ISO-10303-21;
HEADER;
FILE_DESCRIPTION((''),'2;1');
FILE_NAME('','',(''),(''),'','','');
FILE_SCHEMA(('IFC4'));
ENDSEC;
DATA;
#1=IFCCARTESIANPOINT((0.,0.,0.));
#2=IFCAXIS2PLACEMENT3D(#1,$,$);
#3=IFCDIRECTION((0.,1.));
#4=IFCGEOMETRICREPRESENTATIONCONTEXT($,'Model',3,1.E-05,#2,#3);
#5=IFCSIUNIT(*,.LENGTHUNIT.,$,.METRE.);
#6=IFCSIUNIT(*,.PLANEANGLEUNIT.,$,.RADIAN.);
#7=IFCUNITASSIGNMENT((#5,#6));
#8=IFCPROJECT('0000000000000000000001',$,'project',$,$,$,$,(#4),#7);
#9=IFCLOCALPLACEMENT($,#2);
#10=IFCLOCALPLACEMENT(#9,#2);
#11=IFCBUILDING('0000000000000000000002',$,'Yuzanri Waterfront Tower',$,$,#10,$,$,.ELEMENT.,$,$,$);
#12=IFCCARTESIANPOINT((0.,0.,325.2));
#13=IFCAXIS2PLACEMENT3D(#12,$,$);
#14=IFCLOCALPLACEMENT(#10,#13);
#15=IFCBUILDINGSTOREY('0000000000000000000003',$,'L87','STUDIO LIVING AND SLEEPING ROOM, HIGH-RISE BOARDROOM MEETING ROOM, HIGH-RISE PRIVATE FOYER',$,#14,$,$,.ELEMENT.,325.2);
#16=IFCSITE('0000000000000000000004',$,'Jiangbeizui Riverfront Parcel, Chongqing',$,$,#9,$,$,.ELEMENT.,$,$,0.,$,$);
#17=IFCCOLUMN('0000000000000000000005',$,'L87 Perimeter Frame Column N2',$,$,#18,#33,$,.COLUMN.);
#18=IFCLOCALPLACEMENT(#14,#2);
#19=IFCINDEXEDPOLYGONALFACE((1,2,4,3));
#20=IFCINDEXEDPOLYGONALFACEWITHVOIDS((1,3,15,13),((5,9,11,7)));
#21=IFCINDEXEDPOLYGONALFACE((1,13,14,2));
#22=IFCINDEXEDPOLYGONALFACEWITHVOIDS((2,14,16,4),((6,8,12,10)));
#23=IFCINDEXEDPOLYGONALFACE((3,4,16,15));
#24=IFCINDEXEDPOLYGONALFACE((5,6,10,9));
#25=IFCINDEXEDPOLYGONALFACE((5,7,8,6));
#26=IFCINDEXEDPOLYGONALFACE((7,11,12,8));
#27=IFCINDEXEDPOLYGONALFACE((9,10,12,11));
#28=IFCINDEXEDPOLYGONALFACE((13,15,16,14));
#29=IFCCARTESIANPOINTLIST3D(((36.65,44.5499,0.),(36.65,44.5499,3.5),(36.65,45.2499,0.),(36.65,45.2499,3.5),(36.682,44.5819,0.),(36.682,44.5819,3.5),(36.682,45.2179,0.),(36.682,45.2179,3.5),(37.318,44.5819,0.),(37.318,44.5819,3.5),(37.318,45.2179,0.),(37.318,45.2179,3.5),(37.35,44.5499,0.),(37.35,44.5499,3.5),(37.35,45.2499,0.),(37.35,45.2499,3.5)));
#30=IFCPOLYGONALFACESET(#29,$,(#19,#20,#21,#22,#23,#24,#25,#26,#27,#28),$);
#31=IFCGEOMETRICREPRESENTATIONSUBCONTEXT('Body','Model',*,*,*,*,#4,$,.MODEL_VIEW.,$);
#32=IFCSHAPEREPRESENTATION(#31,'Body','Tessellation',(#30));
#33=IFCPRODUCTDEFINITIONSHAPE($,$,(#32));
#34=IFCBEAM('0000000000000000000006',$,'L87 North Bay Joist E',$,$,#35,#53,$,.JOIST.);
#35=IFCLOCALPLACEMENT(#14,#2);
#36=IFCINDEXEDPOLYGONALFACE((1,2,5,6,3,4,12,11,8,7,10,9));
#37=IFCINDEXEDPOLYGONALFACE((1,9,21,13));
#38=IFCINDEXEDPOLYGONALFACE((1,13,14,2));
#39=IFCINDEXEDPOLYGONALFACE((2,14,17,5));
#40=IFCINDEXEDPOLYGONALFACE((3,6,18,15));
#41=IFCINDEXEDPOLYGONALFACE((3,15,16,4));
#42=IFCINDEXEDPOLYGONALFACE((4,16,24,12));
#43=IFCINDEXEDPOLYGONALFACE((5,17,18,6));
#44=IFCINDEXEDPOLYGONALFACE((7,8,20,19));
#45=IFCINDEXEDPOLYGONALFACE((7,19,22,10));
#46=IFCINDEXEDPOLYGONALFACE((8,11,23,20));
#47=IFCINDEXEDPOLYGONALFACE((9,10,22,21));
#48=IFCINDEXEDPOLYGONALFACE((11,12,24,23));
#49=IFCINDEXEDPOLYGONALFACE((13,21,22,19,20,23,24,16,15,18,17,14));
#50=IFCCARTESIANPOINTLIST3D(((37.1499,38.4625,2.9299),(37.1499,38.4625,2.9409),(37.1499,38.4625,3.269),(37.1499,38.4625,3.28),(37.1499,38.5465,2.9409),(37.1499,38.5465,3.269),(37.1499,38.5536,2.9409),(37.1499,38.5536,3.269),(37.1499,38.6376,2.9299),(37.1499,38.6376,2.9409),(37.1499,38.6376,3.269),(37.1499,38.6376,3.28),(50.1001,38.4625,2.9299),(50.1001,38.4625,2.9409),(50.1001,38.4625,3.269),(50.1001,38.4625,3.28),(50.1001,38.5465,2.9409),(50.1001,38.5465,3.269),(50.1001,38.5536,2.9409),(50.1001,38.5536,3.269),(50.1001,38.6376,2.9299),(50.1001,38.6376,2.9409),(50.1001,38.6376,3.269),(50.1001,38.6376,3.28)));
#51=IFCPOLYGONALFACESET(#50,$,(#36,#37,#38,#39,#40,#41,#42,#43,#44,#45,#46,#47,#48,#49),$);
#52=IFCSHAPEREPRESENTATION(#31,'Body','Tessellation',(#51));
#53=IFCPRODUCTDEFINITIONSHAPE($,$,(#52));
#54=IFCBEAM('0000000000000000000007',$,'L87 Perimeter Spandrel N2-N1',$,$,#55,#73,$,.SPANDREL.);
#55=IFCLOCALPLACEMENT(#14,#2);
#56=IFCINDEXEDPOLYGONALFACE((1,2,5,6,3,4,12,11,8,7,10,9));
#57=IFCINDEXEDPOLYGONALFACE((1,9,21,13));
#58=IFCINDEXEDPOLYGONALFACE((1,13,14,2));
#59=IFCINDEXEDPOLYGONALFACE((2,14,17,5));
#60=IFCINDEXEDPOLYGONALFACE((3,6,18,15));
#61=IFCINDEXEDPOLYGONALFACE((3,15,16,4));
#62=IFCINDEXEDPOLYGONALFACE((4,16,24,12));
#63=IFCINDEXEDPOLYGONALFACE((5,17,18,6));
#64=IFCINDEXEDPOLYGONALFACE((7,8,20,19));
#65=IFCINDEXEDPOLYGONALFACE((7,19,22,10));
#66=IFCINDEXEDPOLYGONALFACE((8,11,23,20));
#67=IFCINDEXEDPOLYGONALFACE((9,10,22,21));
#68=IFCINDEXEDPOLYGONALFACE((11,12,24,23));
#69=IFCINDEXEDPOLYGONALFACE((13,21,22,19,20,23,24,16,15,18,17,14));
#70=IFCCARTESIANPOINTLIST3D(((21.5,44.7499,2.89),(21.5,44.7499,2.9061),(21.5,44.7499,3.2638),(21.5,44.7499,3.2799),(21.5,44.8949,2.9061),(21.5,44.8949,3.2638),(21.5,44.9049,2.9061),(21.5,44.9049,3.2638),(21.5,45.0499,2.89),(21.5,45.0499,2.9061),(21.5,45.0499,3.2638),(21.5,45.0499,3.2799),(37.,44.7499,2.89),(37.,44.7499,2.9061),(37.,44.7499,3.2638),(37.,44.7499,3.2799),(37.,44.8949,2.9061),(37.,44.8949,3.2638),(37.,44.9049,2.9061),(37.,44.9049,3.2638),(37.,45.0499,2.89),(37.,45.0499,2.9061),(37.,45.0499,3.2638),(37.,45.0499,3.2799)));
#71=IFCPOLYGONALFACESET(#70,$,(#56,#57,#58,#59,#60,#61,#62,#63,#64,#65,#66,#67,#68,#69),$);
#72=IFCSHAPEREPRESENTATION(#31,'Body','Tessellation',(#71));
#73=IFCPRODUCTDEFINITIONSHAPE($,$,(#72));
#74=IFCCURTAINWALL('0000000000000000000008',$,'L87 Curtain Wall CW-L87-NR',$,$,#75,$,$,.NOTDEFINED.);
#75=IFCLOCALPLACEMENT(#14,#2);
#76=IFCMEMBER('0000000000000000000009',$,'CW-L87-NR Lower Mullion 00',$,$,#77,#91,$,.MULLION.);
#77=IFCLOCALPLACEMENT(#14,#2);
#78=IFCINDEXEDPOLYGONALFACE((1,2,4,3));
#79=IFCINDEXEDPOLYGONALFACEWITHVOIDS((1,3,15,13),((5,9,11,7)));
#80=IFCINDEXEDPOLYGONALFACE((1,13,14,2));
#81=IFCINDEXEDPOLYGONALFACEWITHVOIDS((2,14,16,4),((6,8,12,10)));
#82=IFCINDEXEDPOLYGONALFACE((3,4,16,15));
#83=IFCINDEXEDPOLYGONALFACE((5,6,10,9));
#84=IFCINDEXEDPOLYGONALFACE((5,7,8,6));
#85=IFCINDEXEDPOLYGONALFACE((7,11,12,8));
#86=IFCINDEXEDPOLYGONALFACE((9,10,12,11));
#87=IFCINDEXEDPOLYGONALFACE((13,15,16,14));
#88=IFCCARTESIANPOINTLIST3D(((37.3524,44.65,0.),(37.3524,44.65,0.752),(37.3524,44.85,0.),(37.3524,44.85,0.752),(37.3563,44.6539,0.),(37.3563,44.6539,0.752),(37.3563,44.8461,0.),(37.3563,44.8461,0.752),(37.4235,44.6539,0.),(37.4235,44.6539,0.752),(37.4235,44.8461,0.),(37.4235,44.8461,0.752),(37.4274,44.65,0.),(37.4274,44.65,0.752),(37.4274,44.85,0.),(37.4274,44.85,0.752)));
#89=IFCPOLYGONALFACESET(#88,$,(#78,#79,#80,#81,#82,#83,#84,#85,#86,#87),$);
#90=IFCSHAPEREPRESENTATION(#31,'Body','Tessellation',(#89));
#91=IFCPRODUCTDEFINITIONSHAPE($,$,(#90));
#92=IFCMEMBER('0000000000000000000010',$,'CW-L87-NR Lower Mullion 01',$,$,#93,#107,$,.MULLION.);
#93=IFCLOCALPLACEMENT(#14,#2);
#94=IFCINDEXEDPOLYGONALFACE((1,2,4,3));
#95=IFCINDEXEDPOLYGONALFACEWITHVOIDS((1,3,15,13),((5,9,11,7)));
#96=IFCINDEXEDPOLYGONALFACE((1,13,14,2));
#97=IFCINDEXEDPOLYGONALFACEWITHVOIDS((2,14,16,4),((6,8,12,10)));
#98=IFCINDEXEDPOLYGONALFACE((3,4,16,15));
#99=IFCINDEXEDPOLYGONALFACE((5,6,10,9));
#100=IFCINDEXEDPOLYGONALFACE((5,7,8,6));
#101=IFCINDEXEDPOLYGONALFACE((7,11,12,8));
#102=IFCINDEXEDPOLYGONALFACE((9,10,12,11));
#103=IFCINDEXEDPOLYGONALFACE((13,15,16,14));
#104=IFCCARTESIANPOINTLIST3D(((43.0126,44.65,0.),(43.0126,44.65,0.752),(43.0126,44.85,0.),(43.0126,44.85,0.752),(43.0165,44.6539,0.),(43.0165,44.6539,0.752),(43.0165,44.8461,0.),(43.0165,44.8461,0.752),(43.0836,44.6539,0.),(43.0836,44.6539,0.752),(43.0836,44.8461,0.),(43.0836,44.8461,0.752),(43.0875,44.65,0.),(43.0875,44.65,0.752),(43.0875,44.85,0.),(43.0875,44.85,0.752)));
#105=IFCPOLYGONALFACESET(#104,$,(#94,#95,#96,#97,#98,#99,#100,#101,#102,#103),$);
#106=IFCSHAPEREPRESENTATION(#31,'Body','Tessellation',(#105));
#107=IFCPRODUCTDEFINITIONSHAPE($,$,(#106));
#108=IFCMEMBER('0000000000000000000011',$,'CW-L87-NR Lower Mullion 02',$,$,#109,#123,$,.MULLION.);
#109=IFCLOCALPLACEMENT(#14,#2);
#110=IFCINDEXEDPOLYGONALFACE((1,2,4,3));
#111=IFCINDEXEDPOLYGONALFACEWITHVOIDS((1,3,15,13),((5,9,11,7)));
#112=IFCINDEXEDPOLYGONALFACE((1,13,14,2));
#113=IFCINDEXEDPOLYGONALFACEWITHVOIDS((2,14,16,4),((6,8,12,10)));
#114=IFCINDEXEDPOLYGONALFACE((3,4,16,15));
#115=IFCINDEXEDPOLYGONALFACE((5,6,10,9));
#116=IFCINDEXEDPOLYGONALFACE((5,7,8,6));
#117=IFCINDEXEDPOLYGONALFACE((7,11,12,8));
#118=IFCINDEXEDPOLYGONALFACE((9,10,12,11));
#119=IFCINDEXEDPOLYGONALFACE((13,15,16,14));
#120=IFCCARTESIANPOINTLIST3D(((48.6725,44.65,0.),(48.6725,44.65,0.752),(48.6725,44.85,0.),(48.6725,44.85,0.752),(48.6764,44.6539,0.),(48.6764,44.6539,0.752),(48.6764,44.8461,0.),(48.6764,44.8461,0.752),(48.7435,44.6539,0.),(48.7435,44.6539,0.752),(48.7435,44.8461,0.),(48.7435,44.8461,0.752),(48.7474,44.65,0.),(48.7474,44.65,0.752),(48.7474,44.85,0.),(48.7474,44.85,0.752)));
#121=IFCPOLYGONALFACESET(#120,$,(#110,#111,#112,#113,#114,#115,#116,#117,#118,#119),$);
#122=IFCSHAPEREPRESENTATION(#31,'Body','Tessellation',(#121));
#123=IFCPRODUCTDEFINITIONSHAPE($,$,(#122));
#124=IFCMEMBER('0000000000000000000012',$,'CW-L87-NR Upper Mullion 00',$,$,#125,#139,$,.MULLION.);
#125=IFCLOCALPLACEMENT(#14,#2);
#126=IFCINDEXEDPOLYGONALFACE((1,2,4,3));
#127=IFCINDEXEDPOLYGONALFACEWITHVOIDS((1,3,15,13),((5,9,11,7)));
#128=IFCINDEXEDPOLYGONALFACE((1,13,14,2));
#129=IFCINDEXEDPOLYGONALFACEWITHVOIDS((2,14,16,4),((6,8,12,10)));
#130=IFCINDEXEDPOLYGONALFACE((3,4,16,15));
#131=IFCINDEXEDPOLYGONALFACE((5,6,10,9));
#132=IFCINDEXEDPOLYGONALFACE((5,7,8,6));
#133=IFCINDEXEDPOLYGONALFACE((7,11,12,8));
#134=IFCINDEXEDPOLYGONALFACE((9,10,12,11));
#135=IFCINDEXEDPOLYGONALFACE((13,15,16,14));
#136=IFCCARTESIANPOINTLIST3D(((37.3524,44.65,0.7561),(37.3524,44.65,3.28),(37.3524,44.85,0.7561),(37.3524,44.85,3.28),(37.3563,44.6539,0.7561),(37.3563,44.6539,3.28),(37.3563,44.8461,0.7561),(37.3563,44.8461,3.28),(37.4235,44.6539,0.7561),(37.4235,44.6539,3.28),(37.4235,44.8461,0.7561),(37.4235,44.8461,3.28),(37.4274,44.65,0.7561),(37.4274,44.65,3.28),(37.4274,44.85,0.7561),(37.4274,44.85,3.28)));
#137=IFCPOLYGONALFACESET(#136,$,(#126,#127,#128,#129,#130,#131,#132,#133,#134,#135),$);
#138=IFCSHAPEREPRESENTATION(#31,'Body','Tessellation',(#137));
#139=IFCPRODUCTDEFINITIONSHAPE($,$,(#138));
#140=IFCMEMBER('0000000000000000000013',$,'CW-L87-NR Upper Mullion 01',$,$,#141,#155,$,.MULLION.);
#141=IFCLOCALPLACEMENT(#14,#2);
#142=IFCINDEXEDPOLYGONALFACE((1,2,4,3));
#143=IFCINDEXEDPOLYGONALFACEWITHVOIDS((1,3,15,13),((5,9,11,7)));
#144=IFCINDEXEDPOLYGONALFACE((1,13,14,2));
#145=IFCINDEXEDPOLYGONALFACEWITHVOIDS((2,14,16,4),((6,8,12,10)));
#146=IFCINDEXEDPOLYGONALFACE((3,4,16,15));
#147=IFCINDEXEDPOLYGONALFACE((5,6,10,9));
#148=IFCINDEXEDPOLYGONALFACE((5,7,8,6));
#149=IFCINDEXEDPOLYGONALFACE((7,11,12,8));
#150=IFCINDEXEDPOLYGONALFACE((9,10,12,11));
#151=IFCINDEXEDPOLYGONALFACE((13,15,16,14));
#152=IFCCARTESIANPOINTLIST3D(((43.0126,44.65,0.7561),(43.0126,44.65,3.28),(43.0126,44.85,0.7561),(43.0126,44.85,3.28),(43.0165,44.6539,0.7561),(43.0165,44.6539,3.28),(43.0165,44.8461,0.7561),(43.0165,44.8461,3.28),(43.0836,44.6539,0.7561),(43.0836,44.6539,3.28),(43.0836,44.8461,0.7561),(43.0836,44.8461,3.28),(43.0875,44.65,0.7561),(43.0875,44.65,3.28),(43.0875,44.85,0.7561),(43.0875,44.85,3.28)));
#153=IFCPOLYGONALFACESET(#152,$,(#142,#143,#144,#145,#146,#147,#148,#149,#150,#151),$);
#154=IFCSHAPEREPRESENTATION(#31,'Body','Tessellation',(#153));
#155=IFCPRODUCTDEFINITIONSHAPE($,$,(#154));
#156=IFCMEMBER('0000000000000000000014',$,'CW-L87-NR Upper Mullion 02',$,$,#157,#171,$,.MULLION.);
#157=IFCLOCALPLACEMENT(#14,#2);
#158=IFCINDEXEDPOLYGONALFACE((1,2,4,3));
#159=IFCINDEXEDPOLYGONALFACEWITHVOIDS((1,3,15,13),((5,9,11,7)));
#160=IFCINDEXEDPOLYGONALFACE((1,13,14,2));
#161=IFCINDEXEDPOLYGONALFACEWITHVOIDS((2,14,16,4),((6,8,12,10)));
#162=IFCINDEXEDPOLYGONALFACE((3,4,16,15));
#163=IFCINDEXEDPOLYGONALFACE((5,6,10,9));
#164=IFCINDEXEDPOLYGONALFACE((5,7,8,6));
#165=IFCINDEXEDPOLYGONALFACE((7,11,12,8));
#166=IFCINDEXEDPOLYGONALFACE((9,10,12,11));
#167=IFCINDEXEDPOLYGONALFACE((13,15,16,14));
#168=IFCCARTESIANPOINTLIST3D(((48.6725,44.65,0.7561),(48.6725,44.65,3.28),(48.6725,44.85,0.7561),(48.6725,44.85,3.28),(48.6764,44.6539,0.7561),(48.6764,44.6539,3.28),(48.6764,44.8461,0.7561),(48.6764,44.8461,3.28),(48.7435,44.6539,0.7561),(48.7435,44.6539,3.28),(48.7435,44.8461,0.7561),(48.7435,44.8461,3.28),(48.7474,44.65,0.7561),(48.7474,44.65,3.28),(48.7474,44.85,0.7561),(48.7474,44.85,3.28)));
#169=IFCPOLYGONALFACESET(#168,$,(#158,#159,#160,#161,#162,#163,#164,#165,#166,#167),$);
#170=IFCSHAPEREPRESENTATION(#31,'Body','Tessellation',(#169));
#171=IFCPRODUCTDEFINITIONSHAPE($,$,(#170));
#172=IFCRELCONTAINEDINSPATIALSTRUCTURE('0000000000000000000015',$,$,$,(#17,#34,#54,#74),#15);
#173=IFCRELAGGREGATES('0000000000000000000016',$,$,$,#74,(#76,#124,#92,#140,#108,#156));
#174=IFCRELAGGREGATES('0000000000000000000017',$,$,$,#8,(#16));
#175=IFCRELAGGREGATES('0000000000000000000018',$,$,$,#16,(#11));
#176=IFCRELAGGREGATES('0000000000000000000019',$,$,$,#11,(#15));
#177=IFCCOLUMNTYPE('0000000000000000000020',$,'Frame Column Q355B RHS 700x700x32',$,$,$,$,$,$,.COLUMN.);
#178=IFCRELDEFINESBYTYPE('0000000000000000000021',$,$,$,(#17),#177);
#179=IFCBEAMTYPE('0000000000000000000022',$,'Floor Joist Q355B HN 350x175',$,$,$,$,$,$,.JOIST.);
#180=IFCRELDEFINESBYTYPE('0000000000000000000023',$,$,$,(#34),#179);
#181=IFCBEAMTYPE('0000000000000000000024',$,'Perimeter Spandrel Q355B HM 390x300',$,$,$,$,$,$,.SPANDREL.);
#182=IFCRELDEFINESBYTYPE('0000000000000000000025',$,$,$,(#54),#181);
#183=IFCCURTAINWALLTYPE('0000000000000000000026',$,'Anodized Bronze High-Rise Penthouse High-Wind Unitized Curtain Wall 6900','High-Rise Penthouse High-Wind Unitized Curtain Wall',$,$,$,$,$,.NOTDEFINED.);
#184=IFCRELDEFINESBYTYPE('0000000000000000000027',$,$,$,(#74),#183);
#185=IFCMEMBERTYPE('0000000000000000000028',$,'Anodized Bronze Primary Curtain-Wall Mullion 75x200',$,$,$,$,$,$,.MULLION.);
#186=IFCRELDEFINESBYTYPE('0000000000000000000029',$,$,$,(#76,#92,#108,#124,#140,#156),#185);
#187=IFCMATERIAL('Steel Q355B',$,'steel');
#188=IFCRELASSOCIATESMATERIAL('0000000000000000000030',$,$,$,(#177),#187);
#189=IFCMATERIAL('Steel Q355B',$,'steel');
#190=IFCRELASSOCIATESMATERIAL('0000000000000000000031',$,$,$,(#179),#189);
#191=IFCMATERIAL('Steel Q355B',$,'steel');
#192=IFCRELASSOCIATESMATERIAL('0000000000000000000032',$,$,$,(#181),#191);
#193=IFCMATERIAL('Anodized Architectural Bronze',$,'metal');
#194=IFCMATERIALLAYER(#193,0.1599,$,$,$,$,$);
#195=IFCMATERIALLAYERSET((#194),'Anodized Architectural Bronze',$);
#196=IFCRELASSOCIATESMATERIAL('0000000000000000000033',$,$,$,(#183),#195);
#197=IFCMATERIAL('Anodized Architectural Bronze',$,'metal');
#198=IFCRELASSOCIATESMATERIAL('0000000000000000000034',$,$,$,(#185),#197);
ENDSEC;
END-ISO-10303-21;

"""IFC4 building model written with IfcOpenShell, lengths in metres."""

from ifc_helpers import new_model, si_unit, direction, frame, origin, origin_2d, place, context, subcontext, project, spatial, hollow_rectangle, i_section, extrude, source, transform, mapped, material, layer, layer_set, material_profile, profile_set, type_object, element, aggregate, save


model = new_model("IFC4")

# Units and contexts
model_context = context("Model", 3, precision=1e-05, world=origin(), true_north=direction((0.0, 1.0)))
body_context = subcontext(model_context, "Body", "Model", "MODEL_VIEW")
ifc_project = project(units=[si_unit("LENGTHUNIT", "METRE"), si_unit("PLANEANGLEUNIT", "RADIAN")], contexts=[model_context])

# Site, building, storey
site_placement = place(None, origin())
site = spatial("IfcSite", under=ifc_project, at=site_placement, Name="Jiangbeizui Riverfront Parcel, Chongqing", CompositionType="ELEMENT", RefElevation=0.0)
building_placement = place(site_placement, origin())
building = spatial("IfcBuilding", under=site, at=building_placement, Name="Yuzanri Waterfront Tower", CompositionType="ELEMENT")
storey_placement = place(building_placement, frame((0.0, 0.0, 325.2)))
storey = spatial("IfcBuildingStorey", under=building, at=storey_placement, Name="L87", Description="STUDIO LIVING AND SLEEPING ROOM, HIGH-RISE BOARDROOM MEETING ROOM, HIGH-RISE PRIVATE FOYER", CompositionType="ELEMENT", Elevation=325.2)

# Column
ifc_material_1 = material(Name="Steel Q355B", Category="steel")
ifc_material_profile_1 = material_profile(ifc_material_1, hollow_rectangle(XDim=0.7, YDim=0.7, WallThickness=0.032, at=origin_2d()), Name="RHS 700x700x32")
ifc_profile_set_1 = profile_set([ifc_material_profile_1], Name="Steel Q355B")
column_type = type_object("IfcColumnType", Name="Frame Column Q355B RHS 700x700x32", PredefinedType="COLUMN", material=ifc_profile_set_1)
shared_shape_1 = source(origin(), body_context, "Body", "SweptSolid", [
    extrude(hollow_rectangle(XDim=0.7, YDim=0.7, WallThickness=0.032, at=origin_2d()), origin(), (0.0, 0.0, 1.0), 3.5),
])
column_placement = place(storey_placement, frame((37.0, 44.8999, 0.0), z_axis=(0.0, 0.0, 1.0), x_axis=(1.0, 0.0, 0.0)))
element("IfcColumn", 1, at=column_placement, inside=storey, type_object=column_type, Name="L87 Perimeter Frame Column N2", PredefinedType="COLUMN", context=body_context, shape_type="MappedRepresentation", body=[
    mapped(shared_shape_1, transform((0.0, 0.0, 0.0), scale=1.0)),
])

# Beams
ifc_material_2 = material(Name="Steel Q355B", Category="steel")
ifc_material_profile_2 = material_profile(ifc_material_2, i_section(OverallWidth=0.175, OverallDepth=0.3501, WebThickness=0.0071, FlangeThickness=0.011, at=origin_2d()), Name="HN 350x175x7x11")
ifc_profile_set_2 = profile_set([ifc_material_profile_2], Name="Steel Q355B")
beam_type_1 = type_object("IfcBeamType", Name="Floor Joist Q355B HN 350x175", PredefinedType="JOIST", material=ifc_profile_set_2)
shared_shape_2 = source(origin(), body_context, "Body", "SweptSolid", [
    extrude(i_section(OverallWidth=0.175, OverallDepth=0.3501, WebThickness=0.0071, FlangeThickness=0.011, at=origin_2d()), origin(), (0.0, 0.0, 1.0), 12.9502),
])
beam_1_placement = place(storey_placement, frame((37.1499, 38.55, 3.105), z_axis=(1.0, 0.0, 0.0), x_axis=(0.0, 1.0, 0.0)))
element("IfcBeam", 2, at=beam_1_placement, inside=storey, type_object=beam_type_1, Name="L87 North Bay Joist E", PredefinedType="JOIST", context=body_context, shape_type="MappedRepresentation", body=[
    mapped(shared_shape_2, transform((0.0, 0.0, 0.0), scale=1.0)),
])
ifc_material_3 = material(Name="Steel Q355B", Category="steel")
ifc_material_profile_3 = material_profile(ifc_material_3, i_section(OverallWidth=0.3, OverallDepth=0.3899, WebThickness=0.01, FlangeThickness=0.0161, at=origin_2d()), Name="HM 390x300x10x16")
ifc_profile_set_3 = profile_set([ifc_material_profile_3], Name="Steel Q355B")
beam_type_2 = type_object("IfcBeamType", Name="Perimeter Spandrel Q355B HM 390x300", PredefinedType="SPANDREL", material=ifc_profile_set_3)
shared_shape_3 = source(origin(), body_context, "Body", "SweptSolid", [
    extrude(i_section(OverallWidth=0.3, OverallDepth=0.3899, WebThickness=0.01, FlangeThickness=0.0161, at=origin_2d()), origin(), (0.0, 0.0, 1.0), 15.5),
])
beam_2_placement = place(storey_placement, frame((37.0, 44.8999, 3.085), z_axis=(-1.0, 0.0, 0.0), x_axis=(0.0, -1.0, 0.0)))
element("IfcBeam", 3, at=beam_2_placement, inside=storey, type_object=beam_type_2, Name="L87 Perimeter Spandrel N2-N1", PredefinedType="SPANDREL", context=body_context, shape_type="MappedRepresentation", body=[
    mapped(shared_shape_3, transform((0.0, 0.0, 0.0), scale=1.0)),
])

# Curtain wall, members
ifc_material_4 = material(Name="Anodized Architectural Bronze", Category="metal")
ifc_layer_1 = layer(ifc_material_4, 0.1599)
ifc_layer_set_1 = layer_set([ifc_layer_1], Name="Anodized Architectural Bronze")
curtain_wall_type = type_object("IfcCurtainWallType", Name="Anodized Bronze High-Rise Penthouse High-Wind Unitized Curtain Wall 6900", Description="High-Rise Penthouse High-Wind Unitized Curtain Wall", PredefinedType="NOTDEFINED", material=ifc_layer_set_1)
curtain_wall_placement = place(storey_placement, origin())
curtain_wall = element("IfcCurtainWall", 4, at=curtain_wall_placement, inside=storey, type_object=curtain_wall_type, Name="L87 Curtain Wall CW-L87-NR", PredefinedType="NOTDEFINED")
ifc_material_5 = material(Name="Anodized Architectural Bronze", Category="metal")
ifc_material_profile_4 = material_profile(ifc_material_5, hollow_rectangle(XDim=0.075, YDim=0.2, WallThickness=0.0039, at=origin_2d()), Name="CWM 75x200")
ifc_profile_set_4 = profile_set([ifc_material_profile_4], Name="Anodized Architectural Bronze")
member_type_1 = type_object("IfcMemberType", Name="Anodized Bronze Primary Curtain-Wall Mullion 75x200", PredefinedType="MULLION", material=ifc_profile_set_4)
shared_shape_4 = source(origin(), body_context, "Body", "SweptSolid", [
    extrude(hollow_rectangle(XDim=0.075, YDim=0.2, WallThickness=0.0039, at=origin_2d()), origin(), (0.0, 0.0, 1.0), 0.752),
])
member_1_placement = place(storey_placement, frame((37.3899, 44.75, 0.0), z_axis=(0.0, 0.0, 1.0), x_axis=(1.0, 0.0, 0.0)))
member_1 = element("IfcMember", 5, at=member_1_placement, type_object=member_type_1, Name="CW-L87-NR Lower Mullion 00", PredefinedType="MULLION", context=body_context, shape_type="MappedRepresentation", body=[
    mapped(shared_shape_4, transform((0.0, 0.0, 0.0), scale=1.0)),
])
member_2_placement = place(storey_placement, frame((43.05, 44.75, 0.0), z_axis=(0.0, 0.0, 1.0), x_axis=(1.0, 0.0, 0.0)))
member_2 = element("IfcMember", 6, at=member_2_placement, type_object=member_type_1, Name="CW-L87-NR Lower Mullion 01", PredefinedType="MULLION", context=body_context, shape_type="MappedRepresentation", body=[
    mapped(shared_shape_4, transform((0.0, 0.0, 0.0), scale=1.0)),
])
member_3_placement = place(storey_placement, frame((48.71, 44.75, 0.0), z_axis=(0.0, 0.0, 1.0), x_axis=(1.0, 0.0, 0.0)))
member_3 = element("IfcMember", 7, at=member_3_placement, type_object=member_type_1, Name="CW-L87-NR Lower Mullion 02", PredefinedType="MULLION", context=body_context, shape_type="MappedRepresentation", body=[
    mapped(shared_shape_4, transform((0.0, 0.0, 0.0), scale=1.0)),
])
shared_shape_5 = source(origin(), body_context, "Body", "SweptSolid", [
    extrude(hollow_rectangle(XDim=0.075, YDim=0.2, WallThickness=0.0039, at=origin_2d()), origin(), (0.0, 0.0, 1.0), 2.5239),
])
member_4_placement = place(storey_placement, frame((37.3899, 44.75, 0.7561), z_axis=(0.0, 0.0, 1.0), x_axis=(1.0, 0.0, 0.0)))
member_4 = element("IfcMember", 8, at=member_4_placement, type_object=member_type_1, Name="CW-L87-NR Upper Mullion 00", PredefinedType="MULLION", context=body_context, shape_type="MappedRepresentation", body=[
    mapped(shared_shape_5, transform((0.0, 0.0, 0.0), scale=1.0)),
])
member_5_placement = place(storey_placement, frame((43.05, 44.75, 0.7561), z_axis=(0.0, 0.0, 1.0), x_axis=(1.0, 0.0, 0.0)))
member_5 = element("IfcMember", 9, at=member_5_placement, type_object=member_type_1, Name="CW-L87-NR Upper Mullion 01", PredefinedType="MULLION", context=body_context, shape_type="MappedRepresentation", body=[
    mapped(shared_shape_5, transform((0.0, 0.0, 0.0), scale=1.0)),
])
member_6_placement = place(storey_placement, frame((48.71, 44.75, 0.7561), z_axis=(0.0, 0.0, 1.0), x_axis=(1.0, 0.0, 0.0)))
member_6 = element("IfcMember", 10, at=member_6_placement, type_object=member_type_1, Name="CW-L87-NR Upper Mullion 02", PredefinedType="MULLION", context=body_context, shape_type="MappedRepresentation", body=[
    mapped(shared_shape_5, transform((0.0, 0.0, 0.0), scale=1.0)),
])
aggregate(curtain_wall, [member_1, member_4, member_2, member_5, member_3, member_6])

save(model, "model.ifc")
